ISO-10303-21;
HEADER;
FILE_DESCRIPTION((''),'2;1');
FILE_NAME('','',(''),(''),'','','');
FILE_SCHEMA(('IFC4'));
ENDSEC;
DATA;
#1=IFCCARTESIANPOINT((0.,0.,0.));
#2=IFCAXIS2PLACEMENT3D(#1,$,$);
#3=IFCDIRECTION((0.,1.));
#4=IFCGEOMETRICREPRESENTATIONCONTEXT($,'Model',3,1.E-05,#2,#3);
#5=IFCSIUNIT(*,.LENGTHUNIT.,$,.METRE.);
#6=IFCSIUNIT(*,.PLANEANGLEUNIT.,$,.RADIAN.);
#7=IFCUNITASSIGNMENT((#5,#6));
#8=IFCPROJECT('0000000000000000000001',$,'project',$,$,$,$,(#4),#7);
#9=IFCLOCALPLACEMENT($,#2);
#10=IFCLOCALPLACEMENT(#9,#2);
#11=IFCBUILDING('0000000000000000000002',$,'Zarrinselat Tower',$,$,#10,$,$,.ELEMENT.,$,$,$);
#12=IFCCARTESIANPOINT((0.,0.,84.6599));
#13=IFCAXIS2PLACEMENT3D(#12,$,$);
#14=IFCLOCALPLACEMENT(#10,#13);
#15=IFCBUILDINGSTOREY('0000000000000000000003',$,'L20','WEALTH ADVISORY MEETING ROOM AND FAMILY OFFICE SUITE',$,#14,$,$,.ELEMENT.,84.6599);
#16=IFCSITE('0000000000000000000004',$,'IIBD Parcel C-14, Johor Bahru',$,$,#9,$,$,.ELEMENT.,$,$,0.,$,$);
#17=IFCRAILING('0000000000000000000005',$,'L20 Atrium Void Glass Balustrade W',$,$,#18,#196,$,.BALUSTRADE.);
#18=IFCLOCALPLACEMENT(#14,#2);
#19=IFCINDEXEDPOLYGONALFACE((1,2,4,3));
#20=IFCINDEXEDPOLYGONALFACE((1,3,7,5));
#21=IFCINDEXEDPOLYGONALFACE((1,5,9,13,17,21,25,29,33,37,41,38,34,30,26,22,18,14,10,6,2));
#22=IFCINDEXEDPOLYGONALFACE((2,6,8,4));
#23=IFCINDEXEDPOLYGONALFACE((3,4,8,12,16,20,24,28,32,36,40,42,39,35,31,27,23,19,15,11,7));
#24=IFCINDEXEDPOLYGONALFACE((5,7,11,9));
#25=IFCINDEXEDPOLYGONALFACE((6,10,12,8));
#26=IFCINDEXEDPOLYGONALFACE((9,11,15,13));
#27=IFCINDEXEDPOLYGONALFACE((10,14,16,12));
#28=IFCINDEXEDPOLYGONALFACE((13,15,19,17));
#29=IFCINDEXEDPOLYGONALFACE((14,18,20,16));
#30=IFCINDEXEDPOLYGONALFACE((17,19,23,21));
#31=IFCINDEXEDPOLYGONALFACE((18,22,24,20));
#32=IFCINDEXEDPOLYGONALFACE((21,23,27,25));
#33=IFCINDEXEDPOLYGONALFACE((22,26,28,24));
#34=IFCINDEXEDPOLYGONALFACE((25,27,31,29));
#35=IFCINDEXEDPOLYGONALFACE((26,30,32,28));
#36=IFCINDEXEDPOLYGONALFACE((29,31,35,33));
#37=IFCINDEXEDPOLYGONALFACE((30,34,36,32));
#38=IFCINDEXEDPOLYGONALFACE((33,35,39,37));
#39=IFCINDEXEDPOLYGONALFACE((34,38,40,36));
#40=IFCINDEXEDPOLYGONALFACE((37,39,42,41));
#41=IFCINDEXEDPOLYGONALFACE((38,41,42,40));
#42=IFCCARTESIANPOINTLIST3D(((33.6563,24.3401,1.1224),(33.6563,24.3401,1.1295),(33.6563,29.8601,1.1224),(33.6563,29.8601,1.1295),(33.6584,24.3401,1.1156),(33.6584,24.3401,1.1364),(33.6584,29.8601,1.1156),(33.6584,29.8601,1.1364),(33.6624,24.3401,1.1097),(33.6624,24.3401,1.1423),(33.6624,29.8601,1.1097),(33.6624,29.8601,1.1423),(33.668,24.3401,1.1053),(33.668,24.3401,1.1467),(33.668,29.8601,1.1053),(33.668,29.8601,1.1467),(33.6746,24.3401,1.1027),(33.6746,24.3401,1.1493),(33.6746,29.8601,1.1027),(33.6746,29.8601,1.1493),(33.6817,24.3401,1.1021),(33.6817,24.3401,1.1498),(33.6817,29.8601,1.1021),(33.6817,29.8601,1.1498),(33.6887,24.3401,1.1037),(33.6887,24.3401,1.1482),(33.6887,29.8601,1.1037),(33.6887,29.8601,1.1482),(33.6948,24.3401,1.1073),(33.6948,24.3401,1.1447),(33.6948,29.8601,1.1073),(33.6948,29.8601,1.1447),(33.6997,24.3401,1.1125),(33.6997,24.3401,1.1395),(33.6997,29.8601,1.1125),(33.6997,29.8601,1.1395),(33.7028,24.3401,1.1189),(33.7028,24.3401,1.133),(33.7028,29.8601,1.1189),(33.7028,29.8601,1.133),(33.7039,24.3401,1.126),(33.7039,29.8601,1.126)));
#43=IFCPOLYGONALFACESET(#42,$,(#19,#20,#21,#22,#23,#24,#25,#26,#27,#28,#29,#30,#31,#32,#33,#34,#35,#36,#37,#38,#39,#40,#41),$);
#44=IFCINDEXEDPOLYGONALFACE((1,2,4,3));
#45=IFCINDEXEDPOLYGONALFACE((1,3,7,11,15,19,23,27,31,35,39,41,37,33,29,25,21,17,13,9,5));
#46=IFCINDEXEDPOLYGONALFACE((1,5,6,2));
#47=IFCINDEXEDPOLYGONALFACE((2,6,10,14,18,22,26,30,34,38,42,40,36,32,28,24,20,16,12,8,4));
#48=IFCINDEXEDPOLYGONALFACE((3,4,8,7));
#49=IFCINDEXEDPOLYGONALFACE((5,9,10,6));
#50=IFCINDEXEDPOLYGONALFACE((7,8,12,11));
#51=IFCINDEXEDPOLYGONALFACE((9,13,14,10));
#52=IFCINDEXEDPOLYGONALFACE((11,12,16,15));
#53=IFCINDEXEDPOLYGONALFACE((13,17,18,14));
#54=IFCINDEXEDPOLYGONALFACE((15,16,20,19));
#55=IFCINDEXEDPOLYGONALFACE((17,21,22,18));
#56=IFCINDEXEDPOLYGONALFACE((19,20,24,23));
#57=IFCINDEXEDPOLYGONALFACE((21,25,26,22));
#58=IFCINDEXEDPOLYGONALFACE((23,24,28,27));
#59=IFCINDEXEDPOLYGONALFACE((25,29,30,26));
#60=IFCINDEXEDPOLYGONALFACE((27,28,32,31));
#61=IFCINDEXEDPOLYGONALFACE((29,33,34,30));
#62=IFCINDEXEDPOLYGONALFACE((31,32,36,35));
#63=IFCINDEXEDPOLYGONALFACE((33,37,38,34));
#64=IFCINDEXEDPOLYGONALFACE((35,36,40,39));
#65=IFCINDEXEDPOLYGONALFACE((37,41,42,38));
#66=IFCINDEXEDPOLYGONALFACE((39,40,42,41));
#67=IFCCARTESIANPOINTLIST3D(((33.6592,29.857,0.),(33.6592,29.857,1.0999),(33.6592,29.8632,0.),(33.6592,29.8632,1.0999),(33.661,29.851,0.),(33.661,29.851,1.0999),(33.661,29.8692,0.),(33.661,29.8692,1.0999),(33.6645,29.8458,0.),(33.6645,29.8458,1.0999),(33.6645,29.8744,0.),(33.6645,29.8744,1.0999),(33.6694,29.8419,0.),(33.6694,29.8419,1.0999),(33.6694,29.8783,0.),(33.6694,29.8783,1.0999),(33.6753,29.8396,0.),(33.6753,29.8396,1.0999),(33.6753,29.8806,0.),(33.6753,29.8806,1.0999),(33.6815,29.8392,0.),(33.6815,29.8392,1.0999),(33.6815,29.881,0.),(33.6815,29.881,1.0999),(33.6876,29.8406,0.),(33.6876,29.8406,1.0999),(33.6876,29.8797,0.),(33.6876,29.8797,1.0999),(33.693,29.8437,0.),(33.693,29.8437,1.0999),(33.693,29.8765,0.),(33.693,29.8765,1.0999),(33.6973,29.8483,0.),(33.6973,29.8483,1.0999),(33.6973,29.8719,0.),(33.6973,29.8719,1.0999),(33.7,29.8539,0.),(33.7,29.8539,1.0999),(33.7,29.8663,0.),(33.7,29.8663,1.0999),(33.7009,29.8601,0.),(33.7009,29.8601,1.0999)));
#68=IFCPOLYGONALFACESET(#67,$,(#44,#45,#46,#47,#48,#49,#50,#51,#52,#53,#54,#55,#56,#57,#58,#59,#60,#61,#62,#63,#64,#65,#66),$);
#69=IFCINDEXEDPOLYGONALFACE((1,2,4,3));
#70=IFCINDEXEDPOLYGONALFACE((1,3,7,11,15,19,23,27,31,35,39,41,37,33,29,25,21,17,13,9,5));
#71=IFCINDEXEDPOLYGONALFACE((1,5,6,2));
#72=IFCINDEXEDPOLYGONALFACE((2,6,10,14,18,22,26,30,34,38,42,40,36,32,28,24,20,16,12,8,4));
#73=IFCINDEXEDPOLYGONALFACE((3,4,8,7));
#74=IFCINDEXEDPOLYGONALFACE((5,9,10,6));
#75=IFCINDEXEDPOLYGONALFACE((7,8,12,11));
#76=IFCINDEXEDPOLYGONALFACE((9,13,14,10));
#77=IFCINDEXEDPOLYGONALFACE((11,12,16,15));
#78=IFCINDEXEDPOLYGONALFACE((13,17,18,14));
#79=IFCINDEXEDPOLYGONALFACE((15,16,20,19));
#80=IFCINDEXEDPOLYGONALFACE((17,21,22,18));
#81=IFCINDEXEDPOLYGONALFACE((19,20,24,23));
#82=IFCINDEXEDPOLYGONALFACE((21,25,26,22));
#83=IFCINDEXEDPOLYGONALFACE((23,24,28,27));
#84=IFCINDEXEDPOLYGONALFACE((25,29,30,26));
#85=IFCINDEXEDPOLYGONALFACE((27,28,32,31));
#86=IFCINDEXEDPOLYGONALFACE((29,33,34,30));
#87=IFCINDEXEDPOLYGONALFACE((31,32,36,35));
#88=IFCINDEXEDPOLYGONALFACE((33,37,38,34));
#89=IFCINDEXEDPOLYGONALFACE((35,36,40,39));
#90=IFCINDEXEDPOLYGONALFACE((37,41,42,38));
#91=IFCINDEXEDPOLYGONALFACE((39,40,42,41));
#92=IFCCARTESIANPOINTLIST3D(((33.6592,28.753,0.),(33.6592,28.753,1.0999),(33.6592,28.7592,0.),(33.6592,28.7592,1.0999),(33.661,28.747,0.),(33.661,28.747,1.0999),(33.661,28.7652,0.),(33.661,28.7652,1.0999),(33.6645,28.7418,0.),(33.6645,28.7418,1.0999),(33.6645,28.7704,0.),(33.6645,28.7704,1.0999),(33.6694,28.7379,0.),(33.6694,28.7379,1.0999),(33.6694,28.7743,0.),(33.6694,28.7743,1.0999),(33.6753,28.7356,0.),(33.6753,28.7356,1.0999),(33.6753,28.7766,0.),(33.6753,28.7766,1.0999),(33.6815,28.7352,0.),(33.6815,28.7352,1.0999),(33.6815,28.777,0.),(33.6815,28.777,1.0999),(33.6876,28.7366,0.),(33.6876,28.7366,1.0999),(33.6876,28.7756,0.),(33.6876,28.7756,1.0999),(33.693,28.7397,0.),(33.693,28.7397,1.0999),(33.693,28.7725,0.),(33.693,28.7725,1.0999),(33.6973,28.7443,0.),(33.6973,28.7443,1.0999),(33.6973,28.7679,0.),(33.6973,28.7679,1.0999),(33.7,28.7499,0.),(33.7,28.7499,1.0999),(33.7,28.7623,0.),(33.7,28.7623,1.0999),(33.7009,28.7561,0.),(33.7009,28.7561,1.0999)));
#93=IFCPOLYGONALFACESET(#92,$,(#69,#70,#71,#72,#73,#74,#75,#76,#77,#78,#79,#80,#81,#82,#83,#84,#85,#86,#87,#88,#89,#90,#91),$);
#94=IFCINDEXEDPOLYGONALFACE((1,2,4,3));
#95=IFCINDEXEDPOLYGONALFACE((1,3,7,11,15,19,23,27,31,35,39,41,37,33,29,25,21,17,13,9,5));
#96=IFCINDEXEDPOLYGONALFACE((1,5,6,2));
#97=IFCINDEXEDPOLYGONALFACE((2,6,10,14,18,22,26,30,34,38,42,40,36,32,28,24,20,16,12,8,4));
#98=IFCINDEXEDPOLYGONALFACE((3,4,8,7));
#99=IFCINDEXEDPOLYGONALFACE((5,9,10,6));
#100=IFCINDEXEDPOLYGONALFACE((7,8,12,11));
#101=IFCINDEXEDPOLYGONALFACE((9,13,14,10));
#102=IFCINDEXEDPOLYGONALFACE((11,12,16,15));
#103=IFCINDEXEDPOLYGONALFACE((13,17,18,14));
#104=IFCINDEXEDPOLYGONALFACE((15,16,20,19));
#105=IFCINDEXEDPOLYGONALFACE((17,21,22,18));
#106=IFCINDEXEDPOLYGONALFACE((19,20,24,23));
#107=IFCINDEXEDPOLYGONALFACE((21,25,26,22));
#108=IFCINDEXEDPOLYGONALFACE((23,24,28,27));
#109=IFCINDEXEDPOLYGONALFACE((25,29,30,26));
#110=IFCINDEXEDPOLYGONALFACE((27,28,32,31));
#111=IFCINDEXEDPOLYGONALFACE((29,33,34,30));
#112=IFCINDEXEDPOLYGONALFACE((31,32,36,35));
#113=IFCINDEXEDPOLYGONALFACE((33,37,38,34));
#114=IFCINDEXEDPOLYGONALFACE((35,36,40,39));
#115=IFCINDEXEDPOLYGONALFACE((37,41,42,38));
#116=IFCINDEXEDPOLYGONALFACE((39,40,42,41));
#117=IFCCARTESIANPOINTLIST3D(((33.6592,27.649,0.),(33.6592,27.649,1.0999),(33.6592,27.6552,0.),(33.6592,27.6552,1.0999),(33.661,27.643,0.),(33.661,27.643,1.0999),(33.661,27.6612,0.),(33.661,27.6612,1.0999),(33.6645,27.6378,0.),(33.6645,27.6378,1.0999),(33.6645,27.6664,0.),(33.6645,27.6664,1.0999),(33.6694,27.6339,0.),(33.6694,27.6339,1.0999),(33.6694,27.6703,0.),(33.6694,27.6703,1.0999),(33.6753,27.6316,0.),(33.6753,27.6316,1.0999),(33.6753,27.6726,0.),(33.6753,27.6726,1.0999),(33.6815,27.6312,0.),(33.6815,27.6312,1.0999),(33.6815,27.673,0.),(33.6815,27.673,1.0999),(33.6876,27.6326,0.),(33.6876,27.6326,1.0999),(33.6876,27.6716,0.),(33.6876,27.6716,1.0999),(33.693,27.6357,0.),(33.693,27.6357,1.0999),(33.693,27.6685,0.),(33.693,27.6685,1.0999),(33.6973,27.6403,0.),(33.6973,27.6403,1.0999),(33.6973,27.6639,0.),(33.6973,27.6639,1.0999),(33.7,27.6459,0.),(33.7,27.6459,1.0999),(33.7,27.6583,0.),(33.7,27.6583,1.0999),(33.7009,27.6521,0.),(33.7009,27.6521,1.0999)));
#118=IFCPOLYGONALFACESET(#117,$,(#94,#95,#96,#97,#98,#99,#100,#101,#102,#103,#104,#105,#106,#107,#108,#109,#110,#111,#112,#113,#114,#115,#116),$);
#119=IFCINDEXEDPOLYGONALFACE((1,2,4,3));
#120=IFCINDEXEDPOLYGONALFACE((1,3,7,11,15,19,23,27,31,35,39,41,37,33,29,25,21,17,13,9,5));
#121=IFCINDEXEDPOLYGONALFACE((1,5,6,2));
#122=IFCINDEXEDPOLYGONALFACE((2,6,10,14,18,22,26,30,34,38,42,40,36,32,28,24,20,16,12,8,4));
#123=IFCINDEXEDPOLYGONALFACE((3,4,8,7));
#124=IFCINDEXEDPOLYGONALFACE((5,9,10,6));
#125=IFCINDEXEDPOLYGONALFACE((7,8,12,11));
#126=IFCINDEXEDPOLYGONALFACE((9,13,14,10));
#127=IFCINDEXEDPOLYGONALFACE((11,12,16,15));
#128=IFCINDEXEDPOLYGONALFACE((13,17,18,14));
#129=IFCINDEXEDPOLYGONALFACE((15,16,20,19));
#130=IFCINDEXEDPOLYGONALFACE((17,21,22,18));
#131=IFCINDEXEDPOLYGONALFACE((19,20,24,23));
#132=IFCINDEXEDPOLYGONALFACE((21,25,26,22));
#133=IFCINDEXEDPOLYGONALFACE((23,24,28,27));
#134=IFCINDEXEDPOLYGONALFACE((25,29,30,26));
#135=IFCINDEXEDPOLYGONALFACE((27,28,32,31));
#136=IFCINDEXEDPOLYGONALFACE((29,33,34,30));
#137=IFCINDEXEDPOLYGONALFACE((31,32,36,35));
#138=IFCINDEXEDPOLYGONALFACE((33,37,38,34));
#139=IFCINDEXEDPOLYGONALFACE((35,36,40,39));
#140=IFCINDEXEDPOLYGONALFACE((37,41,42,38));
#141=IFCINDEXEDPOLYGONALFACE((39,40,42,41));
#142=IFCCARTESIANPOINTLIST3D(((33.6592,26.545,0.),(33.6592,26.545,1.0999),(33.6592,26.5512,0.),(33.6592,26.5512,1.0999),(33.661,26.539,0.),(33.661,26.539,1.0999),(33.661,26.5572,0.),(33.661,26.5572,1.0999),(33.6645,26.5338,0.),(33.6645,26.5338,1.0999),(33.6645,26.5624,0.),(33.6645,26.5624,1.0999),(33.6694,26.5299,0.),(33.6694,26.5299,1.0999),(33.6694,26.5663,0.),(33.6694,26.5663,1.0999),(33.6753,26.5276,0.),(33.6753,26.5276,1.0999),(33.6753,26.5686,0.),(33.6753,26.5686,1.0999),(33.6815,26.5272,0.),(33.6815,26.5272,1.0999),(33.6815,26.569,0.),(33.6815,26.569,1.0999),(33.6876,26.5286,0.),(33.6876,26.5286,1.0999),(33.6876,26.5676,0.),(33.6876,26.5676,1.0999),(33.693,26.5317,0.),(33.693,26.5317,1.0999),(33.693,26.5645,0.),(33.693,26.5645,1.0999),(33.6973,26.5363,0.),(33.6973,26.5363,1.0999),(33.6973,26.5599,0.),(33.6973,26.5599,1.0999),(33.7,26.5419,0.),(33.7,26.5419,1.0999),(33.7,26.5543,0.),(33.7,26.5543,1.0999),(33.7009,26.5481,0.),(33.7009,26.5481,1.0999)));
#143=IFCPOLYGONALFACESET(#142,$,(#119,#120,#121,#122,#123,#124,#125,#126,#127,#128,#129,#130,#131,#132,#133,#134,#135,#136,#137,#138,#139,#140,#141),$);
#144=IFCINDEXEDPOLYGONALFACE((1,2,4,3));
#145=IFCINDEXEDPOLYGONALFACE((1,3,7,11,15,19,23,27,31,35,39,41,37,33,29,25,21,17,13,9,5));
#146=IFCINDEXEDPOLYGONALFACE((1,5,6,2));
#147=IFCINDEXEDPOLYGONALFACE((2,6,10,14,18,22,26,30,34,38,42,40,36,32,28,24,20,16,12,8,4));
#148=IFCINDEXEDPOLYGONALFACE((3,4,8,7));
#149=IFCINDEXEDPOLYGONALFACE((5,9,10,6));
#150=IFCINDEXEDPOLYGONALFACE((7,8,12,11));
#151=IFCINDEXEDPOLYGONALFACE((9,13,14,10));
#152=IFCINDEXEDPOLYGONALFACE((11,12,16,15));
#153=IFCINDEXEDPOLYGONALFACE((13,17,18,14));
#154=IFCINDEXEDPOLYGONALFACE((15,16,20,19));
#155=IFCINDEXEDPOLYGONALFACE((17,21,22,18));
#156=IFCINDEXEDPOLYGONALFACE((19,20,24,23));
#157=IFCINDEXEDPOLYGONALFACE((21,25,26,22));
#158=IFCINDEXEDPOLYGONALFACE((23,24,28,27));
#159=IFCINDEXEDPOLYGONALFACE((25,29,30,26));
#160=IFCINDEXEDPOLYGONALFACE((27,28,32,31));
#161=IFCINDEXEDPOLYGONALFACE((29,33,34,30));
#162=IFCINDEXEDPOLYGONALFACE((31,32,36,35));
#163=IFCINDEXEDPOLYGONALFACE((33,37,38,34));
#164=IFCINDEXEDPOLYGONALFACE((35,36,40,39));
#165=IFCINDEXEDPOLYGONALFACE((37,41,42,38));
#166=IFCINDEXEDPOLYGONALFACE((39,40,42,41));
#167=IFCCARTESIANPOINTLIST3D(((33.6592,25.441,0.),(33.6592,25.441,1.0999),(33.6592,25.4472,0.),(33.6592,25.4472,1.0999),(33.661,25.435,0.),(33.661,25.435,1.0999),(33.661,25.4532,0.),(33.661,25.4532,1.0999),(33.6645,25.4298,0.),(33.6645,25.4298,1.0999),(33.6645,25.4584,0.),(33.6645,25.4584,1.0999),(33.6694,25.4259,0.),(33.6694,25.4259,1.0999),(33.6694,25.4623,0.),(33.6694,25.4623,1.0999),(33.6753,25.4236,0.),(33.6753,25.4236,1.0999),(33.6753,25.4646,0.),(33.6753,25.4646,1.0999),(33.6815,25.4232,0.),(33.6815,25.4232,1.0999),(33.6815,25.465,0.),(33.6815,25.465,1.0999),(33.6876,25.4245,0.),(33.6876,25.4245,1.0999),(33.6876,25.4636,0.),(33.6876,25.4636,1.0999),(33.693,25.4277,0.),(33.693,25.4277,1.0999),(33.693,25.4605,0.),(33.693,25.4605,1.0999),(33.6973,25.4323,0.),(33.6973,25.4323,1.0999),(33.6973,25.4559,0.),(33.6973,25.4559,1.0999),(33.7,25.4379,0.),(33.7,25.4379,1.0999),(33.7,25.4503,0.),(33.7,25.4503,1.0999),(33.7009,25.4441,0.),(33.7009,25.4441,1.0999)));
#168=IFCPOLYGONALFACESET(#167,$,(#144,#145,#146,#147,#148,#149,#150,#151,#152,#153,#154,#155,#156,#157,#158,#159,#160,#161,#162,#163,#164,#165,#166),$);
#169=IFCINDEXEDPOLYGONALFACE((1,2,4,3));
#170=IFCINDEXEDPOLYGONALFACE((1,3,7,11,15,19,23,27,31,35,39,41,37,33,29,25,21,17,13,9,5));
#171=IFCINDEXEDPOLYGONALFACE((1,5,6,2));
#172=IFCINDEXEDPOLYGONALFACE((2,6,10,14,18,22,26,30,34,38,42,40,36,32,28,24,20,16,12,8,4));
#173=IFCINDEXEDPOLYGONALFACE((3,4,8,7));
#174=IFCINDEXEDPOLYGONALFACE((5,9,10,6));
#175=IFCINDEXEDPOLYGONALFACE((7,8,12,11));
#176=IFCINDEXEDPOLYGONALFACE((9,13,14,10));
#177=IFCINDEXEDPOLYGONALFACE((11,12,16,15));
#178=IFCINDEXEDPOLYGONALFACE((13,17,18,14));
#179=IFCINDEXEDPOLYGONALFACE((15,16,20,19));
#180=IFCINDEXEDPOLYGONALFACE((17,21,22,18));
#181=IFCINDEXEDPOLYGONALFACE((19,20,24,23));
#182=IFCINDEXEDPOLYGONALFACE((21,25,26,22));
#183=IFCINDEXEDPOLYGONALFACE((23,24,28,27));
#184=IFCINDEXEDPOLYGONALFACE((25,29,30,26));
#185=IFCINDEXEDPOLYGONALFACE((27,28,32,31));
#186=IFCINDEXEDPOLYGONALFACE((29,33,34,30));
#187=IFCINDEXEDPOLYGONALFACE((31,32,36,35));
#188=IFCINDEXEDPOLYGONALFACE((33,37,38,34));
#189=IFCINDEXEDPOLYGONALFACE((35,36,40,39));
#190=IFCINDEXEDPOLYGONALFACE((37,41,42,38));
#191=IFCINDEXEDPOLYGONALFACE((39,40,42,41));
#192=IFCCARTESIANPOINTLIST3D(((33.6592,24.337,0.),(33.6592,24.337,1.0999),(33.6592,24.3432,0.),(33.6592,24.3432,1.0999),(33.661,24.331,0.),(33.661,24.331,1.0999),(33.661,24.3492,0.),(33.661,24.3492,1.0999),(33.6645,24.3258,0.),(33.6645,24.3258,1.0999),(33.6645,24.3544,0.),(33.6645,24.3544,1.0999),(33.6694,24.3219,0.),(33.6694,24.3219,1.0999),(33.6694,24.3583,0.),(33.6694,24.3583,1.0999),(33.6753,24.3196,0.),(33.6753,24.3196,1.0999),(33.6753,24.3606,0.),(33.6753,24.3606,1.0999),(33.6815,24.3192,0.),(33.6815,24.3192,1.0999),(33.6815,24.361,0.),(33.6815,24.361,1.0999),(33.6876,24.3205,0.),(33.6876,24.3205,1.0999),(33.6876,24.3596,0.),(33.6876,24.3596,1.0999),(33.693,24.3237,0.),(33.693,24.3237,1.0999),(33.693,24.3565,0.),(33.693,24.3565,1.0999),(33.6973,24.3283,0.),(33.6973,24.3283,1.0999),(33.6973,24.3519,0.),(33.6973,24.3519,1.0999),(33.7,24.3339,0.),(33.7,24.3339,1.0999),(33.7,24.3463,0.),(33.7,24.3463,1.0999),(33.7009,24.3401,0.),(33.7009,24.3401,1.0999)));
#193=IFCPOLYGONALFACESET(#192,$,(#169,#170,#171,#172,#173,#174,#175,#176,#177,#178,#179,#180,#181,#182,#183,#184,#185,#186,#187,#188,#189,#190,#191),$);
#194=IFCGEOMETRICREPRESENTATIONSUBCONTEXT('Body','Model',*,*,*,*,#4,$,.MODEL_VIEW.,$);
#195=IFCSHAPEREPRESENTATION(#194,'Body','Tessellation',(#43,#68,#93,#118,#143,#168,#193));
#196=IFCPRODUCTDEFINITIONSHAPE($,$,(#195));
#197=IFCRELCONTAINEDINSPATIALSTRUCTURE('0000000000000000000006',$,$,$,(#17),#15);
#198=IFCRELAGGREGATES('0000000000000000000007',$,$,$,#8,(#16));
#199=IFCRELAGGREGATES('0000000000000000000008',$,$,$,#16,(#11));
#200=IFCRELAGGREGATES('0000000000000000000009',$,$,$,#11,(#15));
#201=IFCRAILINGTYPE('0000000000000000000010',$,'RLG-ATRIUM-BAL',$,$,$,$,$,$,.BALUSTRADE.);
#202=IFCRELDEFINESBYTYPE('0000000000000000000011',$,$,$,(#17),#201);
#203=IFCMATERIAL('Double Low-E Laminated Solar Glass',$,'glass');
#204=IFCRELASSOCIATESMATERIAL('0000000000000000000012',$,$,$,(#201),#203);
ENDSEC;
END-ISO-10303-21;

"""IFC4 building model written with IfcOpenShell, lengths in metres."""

from ifc_helpers import new_model, si_unit, direction, frame, origin, origin_2d, place, context, subcontext, project, spatial, circle, extrude, material, type_object, element, save


model = new_model("IFC4")

# Units and contexts
model_context = context("Model", 3, precision=1e-05, world=origin(), true_north=direction((0.0, 1.0)))
body_context = subcontext(model_context, "Body", "Model", "MODEL_VIEW")
ifc_project = project(units=[si_unit("LENGTHUNIT", "METRE"), si_unit("PLANEANGLEUNIT", "RADIAN")], contexts=[model_context])

# Site, building, storey
site_placement = place(None, origin())
site = spatial("IfcSite", under=ifc_project, at=site_placement, Name="IIBD Parcel C-14, Johor Bahru", CompositionType="ELEMENT", RefElevation=0.0)
building_placement = place(site_placement, origin())
building = spatial("IfcBuilding", under=site, at=building_placement, Name="Zarrinselat Tower", CompositionType="ELEMENT")
storey_placement = place(building_placement, frame((0.0, 0.0, 84.6599)))
storey = spatial("IfcBuildingStorey", under=building, at=storey_placement, Name="L20", Description="WEALTH ADVISORY MEETING ROOM AND FAMILY OFFICE SUITE", CompositionType="ELEMENT", Elevation=84.6599)

# Railing
ifc_material_1 = material(Name="Double Low-E Laminated Solar Glass", Category="glass")
railing_type_1 = type_object("IfcRailingType", Name="RLG-ATRIUM-BAL", PredefinedType="BALUSTRADE", material=ifc_material_1)
railing_1_placement = place(storey_placement, frame((33.6799, 29.8601, 0.0)))
element("IfcRailing", 1, at=railing_1_placement, inside=storey, type_object=railing_type_1, Name="L20 Atrium Void Glass Balustrade W", PredefinedType="BALUSTRADE", context=body_context, shape_type="SweptSolid", body=[
    extrude(circle(Radius=0.0239, at=origin_2d()), frame((0.0, 0.0, 1.126), z_axis=(0.0, -1.0, 0.0), x_axis=(1.0, 0.0, 0.0)), (0.0, 0.0, 1.0), 5.52),
    extrude(circle(Radius=0.021, at=origin_2d()), origin(), (0.0, 0.0, 1.0), 1.0999),
    extrude(circle(Radius=0.021, at=origin_2d()), frame((0.0, -1.104, 0.0)), (0.0, 0.0, 1.0), 1.0999),
    extrude(circle(Radius=0.021, at=origin_2d()), frame((0.0, -2.208, 0.0)), (0.0, 0.0, 1.0), 1.0999),
    extrude(circle(Radius=0.021, at=origin_2d()), frame((0.0, -3.312, 0.0)), (0.0, 0.0, 1.0), 1.0999),
    extrude(circle(Radius=0.021, at=origin_2d()), frame((0.0, -4.416, 0.0)), (0.0, 0.0, 1.0), 1.0999),
    extrude(circle(Radius=0.021, at=origin_2d()), frame((0.0, -5.52, 0.0)), (0.0, 0.0, 1.0), 1.0999),
])

save(model, "model.ifc")
